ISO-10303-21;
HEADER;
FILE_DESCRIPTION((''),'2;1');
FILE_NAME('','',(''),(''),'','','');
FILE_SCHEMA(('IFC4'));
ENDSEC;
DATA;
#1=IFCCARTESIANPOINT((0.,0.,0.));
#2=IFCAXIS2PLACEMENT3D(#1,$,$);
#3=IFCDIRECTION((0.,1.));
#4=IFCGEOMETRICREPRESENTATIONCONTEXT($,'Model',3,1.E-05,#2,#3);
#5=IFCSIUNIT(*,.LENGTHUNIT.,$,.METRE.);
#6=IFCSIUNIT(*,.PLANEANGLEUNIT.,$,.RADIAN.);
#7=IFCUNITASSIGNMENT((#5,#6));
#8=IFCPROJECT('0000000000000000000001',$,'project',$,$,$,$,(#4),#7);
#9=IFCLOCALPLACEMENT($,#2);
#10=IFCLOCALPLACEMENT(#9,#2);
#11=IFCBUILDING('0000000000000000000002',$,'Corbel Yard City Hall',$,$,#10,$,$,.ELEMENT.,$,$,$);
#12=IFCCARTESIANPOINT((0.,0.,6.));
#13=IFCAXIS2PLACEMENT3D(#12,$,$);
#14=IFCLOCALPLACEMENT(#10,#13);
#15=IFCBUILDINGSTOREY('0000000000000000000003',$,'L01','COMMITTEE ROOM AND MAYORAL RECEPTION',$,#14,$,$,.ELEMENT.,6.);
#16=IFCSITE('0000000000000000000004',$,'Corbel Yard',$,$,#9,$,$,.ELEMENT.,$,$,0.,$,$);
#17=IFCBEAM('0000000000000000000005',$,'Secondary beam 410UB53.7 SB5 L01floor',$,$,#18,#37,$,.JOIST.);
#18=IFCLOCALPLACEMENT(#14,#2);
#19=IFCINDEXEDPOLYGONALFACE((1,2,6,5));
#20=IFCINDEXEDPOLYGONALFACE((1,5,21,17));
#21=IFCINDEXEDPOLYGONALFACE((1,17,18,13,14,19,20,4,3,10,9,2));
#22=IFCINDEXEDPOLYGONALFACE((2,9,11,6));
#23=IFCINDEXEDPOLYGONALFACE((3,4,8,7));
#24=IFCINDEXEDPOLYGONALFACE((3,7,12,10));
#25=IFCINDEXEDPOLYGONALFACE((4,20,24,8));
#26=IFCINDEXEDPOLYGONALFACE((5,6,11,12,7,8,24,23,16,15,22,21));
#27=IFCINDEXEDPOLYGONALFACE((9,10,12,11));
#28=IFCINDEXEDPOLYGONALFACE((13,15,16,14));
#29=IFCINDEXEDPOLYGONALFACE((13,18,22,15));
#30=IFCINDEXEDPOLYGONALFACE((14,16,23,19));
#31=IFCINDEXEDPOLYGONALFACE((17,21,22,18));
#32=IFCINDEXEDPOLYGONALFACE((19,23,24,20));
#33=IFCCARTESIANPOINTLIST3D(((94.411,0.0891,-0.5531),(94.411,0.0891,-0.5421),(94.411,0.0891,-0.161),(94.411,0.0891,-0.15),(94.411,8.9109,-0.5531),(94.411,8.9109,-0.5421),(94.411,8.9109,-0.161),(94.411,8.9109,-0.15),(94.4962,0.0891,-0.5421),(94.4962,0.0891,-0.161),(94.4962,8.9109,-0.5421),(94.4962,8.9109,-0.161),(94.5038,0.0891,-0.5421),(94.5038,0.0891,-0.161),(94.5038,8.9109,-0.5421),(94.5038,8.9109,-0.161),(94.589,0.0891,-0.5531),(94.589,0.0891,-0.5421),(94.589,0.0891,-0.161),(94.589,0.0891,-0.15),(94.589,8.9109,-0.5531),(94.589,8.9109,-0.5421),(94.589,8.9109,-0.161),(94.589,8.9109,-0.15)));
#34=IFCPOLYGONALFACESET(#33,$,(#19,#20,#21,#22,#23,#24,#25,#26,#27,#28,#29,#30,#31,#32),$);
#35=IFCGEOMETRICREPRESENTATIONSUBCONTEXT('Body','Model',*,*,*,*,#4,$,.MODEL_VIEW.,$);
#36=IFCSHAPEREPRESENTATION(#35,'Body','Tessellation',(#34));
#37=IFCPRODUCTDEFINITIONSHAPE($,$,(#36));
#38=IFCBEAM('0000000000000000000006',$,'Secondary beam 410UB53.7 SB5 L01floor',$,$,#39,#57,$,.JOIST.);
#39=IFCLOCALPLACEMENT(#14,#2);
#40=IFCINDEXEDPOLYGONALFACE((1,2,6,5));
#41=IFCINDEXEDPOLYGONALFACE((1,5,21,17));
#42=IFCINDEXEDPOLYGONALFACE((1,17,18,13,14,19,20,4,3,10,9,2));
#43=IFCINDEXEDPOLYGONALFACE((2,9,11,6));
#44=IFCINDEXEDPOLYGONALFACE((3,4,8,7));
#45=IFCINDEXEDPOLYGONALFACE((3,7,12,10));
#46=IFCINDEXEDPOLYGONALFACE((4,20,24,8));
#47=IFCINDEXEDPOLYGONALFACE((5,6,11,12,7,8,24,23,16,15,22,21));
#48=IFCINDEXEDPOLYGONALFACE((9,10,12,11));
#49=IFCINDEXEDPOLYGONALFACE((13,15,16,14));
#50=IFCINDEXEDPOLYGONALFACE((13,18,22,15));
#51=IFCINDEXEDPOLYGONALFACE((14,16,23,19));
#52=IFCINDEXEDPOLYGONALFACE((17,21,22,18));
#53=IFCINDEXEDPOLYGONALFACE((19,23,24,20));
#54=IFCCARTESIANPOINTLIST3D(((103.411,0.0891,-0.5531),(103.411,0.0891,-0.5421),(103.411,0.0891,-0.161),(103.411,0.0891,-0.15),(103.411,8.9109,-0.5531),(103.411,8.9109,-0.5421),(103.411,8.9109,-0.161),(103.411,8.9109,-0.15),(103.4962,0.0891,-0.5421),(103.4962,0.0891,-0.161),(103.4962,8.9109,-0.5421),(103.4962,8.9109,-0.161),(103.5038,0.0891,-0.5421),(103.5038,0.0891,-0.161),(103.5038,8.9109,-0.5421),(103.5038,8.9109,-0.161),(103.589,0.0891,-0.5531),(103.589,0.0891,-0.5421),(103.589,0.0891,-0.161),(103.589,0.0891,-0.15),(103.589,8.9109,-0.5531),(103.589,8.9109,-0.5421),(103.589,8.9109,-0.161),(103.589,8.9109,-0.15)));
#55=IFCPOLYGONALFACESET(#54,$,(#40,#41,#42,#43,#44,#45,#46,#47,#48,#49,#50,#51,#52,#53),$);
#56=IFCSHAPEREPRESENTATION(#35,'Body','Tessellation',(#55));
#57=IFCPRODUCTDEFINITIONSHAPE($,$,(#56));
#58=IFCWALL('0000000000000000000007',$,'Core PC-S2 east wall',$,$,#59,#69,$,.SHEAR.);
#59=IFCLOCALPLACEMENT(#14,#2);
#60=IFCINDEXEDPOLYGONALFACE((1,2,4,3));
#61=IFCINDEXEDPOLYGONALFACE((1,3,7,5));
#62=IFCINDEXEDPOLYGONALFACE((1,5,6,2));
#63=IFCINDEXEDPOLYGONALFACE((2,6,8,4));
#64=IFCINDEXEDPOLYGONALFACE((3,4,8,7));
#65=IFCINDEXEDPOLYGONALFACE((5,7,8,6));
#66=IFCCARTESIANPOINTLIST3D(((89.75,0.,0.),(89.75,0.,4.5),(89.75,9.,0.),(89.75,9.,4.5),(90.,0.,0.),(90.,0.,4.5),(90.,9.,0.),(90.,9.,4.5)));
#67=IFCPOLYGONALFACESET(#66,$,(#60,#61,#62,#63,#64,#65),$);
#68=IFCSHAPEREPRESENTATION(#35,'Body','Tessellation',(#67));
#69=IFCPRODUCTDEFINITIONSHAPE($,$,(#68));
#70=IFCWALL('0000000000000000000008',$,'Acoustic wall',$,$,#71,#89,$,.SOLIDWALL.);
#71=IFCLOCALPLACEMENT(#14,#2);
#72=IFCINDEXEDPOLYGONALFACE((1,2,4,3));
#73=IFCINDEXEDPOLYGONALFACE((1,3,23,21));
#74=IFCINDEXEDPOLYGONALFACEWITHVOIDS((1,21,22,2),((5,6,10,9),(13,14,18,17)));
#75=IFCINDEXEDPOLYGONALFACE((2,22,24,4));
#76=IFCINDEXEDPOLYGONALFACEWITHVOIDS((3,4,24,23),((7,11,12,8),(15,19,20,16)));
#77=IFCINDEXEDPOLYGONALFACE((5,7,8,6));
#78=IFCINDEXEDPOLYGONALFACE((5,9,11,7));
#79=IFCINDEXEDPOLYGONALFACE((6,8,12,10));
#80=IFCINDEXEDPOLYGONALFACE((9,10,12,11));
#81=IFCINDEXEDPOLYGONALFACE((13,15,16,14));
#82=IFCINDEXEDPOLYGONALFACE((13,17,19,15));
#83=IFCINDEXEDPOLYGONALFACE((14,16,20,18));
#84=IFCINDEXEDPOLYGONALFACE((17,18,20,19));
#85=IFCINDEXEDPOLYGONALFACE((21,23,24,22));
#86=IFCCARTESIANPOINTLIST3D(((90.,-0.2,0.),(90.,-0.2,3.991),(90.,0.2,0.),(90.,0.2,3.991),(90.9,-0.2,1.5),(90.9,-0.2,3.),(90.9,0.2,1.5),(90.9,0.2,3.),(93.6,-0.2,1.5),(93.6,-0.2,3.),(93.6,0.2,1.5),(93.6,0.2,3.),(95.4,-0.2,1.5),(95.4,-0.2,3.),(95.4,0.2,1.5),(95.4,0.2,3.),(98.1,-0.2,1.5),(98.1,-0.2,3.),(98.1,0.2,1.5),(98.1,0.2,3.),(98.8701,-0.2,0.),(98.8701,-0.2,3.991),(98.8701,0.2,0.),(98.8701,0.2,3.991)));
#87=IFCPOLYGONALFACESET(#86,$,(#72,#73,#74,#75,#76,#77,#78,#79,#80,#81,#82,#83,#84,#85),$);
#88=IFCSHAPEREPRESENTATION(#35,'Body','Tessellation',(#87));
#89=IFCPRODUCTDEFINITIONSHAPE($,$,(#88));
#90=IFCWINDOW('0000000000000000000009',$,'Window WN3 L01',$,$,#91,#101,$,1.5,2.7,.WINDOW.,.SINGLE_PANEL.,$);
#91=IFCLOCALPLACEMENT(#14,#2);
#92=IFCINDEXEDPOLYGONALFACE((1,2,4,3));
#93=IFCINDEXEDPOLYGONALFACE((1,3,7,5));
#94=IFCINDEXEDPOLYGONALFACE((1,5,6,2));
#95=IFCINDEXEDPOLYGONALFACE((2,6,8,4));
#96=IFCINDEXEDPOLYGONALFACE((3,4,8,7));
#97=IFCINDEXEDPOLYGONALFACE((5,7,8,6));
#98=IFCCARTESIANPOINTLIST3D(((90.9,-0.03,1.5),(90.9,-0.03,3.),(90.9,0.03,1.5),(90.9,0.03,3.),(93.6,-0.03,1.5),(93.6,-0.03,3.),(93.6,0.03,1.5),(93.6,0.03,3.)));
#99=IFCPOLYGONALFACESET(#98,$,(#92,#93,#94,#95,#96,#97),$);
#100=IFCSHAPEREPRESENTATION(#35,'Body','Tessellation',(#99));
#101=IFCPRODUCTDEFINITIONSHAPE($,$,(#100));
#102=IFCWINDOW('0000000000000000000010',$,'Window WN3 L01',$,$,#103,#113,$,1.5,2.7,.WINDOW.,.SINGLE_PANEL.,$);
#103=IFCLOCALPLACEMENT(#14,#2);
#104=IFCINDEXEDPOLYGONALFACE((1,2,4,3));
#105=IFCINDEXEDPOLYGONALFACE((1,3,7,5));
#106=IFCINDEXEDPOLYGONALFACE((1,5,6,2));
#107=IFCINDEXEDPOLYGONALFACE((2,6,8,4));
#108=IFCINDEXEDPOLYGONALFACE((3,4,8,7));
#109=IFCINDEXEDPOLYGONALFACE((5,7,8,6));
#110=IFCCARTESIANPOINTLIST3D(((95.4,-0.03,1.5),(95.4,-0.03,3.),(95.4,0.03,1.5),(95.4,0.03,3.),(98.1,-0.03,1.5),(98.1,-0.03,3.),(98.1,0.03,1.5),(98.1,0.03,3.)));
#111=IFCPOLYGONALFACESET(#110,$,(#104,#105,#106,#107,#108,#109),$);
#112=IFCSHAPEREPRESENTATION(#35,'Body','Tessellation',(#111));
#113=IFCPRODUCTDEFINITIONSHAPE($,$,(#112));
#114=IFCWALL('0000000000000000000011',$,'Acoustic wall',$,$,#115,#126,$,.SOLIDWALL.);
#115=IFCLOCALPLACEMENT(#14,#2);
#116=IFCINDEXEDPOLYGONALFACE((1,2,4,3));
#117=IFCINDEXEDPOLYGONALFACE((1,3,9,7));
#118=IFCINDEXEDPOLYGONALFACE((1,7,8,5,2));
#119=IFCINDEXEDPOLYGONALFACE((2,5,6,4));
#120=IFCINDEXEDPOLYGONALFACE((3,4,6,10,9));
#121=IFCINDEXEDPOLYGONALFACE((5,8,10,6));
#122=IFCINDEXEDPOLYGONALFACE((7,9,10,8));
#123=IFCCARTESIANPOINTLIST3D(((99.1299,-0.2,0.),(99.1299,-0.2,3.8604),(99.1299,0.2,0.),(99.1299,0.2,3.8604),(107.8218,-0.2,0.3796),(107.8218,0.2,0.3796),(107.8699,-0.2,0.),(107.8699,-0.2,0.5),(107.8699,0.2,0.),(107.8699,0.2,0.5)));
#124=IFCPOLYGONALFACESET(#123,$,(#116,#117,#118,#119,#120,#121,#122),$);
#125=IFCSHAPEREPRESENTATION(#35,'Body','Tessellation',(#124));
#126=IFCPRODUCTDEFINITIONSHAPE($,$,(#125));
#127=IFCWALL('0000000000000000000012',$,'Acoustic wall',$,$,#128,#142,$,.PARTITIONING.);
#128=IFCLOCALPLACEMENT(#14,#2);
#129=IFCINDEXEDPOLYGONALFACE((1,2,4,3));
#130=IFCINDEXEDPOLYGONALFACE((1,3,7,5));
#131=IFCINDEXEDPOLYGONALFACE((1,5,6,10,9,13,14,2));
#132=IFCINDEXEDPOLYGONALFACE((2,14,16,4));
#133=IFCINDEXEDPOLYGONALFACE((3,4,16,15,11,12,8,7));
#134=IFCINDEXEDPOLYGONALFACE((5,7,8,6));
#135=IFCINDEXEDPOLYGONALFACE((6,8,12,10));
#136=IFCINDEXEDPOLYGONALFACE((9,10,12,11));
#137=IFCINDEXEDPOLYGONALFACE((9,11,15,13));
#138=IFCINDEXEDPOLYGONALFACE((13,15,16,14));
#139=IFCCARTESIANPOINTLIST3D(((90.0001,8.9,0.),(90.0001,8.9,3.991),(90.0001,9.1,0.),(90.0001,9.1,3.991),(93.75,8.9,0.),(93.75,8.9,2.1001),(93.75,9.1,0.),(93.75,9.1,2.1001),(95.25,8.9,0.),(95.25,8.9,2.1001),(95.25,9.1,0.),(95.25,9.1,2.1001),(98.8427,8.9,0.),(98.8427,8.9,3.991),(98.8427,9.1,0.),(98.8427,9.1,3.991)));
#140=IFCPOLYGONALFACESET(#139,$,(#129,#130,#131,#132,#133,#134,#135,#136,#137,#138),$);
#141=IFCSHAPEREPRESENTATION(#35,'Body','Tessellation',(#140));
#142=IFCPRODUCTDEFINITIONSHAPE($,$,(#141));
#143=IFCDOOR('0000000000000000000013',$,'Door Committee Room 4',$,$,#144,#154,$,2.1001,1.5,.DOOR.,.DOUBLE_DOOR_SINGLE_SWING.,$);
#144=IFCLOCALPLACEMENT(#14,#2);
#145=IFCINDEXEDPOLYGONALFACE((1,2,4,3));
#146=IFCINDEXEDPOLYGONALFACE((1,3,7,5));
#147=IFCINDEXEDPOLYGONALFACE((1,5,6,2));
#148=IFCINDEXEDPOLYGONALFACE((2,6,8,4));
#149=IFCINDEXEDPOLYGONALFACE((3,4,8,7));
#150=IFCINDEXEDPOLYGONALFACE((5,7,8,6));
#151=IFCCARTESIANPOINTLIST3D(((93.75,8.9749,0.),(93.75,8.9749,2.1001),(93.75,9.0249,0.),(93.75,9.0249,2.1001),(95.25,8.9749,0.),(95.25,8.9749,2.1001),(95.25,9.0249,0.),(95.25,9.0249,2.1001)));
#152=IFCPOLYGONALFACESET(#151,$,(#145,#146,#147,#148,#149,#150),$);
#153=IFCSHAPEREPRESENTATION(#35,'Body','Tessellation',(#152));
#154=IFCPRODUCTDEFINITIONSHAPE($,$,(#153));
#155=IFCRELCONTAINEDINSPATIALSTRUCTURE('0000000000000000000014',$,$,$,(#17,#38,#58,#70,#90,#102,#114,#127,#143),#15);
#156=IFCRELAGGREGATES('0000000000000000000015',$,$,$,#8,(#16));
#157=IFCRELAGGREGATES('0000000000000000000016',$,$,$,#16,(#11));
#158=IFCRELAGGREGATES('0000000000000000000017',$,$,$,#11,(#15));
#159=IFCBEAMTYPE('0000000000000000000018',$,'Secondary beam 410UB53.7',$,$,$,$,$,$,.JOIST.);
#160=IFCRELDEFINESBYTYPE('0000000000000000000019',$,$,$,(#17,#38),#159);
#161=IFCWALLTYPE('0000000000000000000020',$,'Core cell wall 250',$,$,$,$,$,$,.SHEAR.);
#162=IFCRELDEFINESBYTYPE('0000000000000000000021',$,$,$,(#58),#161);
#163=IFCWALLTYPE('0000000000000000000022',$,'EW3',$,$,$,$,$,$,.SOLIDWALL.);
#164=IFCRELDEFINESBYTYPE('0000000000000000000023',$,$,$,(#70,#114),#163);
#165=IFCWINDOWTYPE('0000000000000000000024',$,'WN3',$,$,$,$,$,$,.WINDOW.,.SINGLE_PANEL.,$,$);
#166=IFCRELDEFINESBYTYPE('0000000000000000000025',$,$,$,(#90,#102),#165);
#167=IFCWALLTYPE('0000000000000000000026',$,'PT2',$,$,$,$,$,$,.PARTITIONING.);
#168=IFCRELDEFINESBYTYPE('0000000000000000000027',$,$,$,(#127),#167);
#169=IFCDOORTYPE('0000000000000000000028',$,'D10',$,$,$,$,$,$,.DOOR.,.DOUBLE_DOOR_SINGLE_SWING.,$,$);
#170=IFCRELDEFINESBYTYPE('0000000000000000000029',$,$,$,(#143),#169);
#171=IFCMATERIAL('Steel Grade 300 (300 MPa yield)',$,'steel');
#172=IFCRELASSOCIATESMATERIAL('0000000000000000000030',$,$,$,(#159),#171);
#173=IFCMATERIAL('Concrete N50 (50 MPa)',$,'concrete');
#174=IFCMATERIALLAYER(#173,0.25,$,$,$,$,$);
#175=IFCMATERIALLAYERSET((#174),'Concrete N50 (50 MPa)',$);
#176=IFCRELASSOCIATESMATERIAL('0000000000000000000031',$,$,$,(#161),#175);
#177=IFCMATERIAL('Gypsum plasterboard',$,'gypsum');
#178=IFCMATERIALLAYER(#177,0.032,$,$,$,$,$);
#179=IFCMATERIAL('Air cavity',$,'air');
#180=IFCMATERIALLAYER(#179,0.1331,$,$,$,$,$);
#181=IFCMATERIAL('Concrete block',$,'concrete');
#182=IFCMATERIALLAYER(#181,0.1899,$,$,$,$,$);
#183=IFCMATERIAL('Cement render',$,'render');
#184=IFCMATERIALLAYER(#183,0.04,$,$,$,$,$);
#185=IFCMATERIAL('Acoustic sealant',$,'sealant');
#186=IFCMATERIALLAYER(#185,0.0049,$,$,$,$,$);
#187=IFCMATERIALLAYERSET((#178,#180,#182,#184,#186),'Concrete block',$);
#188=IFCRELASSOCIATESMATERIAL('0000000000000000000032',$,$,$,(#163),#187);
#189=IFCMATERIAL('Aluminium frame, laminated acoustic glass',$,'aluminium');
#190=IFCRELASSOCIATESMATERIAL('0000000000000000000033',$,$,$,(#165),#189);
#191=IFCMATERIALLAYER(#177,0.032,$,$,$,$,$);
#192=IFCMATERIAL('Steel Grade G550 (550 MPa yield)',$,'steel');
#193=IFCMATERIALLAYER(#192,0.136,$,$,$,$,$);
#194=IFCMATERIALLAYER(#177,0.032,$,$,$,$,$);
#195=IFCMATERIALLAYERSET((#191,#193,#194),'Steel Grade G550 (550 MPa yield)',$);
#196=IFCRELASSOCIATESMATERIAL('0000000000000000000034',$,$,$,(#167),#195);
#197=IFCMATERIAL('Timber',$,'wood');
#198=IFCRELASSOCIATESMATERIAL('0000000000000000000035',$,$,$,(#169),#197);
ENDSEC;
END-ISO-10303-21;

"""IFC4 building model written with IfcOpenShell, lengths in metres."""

from ifc_helpers import new_model, si_unit, direction, frame, frame_2d, origin, origin_2d, place, context, subcontext, project, spatial, polyline, rectangle, i_section, outline, extrude, material, layer, layer_set, material_profile, profile_set, type_object, element, fill, save


model = new_model("IFC4")

# Units and contexts
model_context = context("Model", 3, precision=1e-05, world=origin(), true_north=direction((0.0, 1.0)))
body_context = subcontext(model_context, "Body", "Model", "MODEL_VIEW")
ifc_project = project(units=[si_unit("LENGTHUNIT", "METRE"), si_unit("PLANEANGLEUNIT", "RADIAN")], contexts=[model_context])

# Site, building, storey
site_placement = place(None, origin())
site = spatial("IfcSite", under=ifc_project, at=site_placement, Name="Corbel Yard", CompositionType="ELEMENT", RefElevation=0.0)
building_placement = place(site_placement, origin())
building = spatial("IfcBuilding", under=site, at=building_placement, Name="Corbel Yard City Hall", CompositionType="ELEMENT")
storey_placement = place(building_placement, frame((0.0, 0.0, 6.0)))
storey = spatial("IfcBuildingStorey", under=building, at=storey_placement, Name="L01", Description="COMMITTEE ROOM AND MAYORAL RECEPTION", CompositionType="ELEMENT", Elevation=6.0)

# Shared definitions
ifc_material_1 = material(Name="Steel Grade 300 (300 MPa yield)", Category="steel")

# Beams
ifc_material_profile_1 = material_profile(ifc_material_1, i_section(OverallWidth=0.178, OverallDepth=0.4031, WebThickness=0.0076, FlangeThickness=0.011, at=origin_2d()), Name="410UB53.7")
ifc_profile_set_1 = profile_set([ifc_material_profile_1], Name="Steel Grade 300 (300 MPa yield)")
beam_type_1 = type_object("IfcBeamType", Name="Secondary beam 410UB53.7", PredefinedType="JOIST", material=ifc_profile_set_1)
for number, where, z_axis, x_axis, name in (
    (1, (94.5, 0.0891, -0.3516), (0.0, 1.0, 0.0), (-1.0, 0.0, 0.0), "Secondary beam 410UB53.7 SB5 L01floor"),
    (2, (103.5, 0.0891, -0.3516), (0.0, 1.0, 0.0), (-1.0, 0.0, 0.0), "Secondary beam 410UB53.7 SB5 L01floor"),
):
    element("IfcBeam", number, at=place(storey_placement, frame(where, z_axis=z_axis, x_axis=x_axis)), inside=storey, type_object=beam_type_1, Name=name, PredefinedType="JOIST", context=body_context, shape_type="SweptSolid", body=[
        extrude(i_section(OverallWidth=0.178, OverallDepth=0.4031, WebThickness=0.0076, FlangeThickness=0.011, at=origin_2d()), origin(), (0.0, 0.0, 1.0), 8.8218),
    ])

# Wall
ifc_material_2 = material(Name="Concrete N50 (50 MPa)", Category="concrete")
ifc_layer_1 = layer(ifc_material_2, 0.25)
ifc_layer_set_1 = layer_set([ifc_layer_1], Name="Concrete N50 (50 MPa)")
wall_type_1 = type_object("IfcWallType", Name="Core cell wall 250", PredefinedType="SHEAR", material=ifc_layer_set_1)
wall_1_placement = place(storey_placement, frame((89.875, 0.0, 0.0), z_axis=(0.0, 0.0, 1.0), x_axis=(0.0, 1.0, 0.0)))
element("IfcWall", 3, at=wall_1_placement, inside=storey, type_object=wall_type_1, Name="Core PC-S2 east wall", PredefinedType="SHEAR", context=body_context, shape_type="SweptSolid", body=[
    extrude(rectangle(XDim=9.0, YDim=0.25, at=frame_2d((4.5, 0.0))), origin(), (0.0, 0.0, 1.0), 4.5),
])

# Wall, openings, windows
ifc_material_3 = material(Name="Gypsum plasterboard", Category="gypsum")
ifc_layer_2 = layer(ifc_material_3, 0.032)
ifc_material_4 = material(Name="Air cavity", Category="air")
ifc_layer_3 = layer(ifc_material_4, 0.1331)
ifc_material_5 = material(Name="Concrete block", Category="concrete")
ifc_layer_4 = layer(ifc_material_5, 0.1899)
ifc_material_6 = material(Name="Cement render", Category="render")
ifc_layer_5 = layer(ifc_material_6, 0.04)
ifc_material_7 = material(Name="Acoustic sealant", Category="sealant")
ifc_layer_6 = layer(ifc_material_7, 0.0049)
ifc_layer_set_2 = layer_set([ifc_layer_2, ifc_layer_3, ifc_layer_4, ifc_layer_5, ifc_layer_6], Name="Concrete block")
wall_type_2 = type_object("IfcWallType", Name="EW3", PredefinedType="SOLIDWALL", material=ifc_layer_set_2)
wall_2_placement = place(storey_placement, frame((90.0, 0.0, 0.0), z_axis=(0.0, 0.0, 1.0), x_axis=(1.0, 0.0, 0.0)))
wall_2 = element("IfcWall", 4, at=wall_2_placement, inside=storey, type_object=wall_type_2, Name="Acoustic wall", PredefinedType="SOLIDWALL", context=body_context, shape_type="SweptSolid", body=[
    extrude(rectangle(XDim=8.8701, YDim=0.3999, at=frame_2d((4.4351, 0.0))), origin(), (0.0, 0.0, 1.0), 3.991),
])
opening_1_placement = place(wall_2_placement, frame((0.8999, 0.0, 1.5)))
opening_1 = element("IfcOpeningElement", 5, at=opening_1_placement, cuts=wall_2, PredefinedType="OPENING", context=body_context, shape_type="SweptSolid", body=[
    extrude(rectangle(XDim=2.7, YDim=1.5, at=frame_2d((1.3501, 0.75))), frame((0.0, 0.21, 0.0), z_axis=(0.0, -1.0, 0.0), x_axis=(1.0, 0.0, 0.0)), (0.0, 0.0, 1.0), 0.4199),
])
opening_2_placement = place(wall_2_placement, frame((5.3999, 0.0, 1.5)))
opening_2 = element("IfcOpeningElement", 6, at=opening_2_placement, cuts=wall_2, PredefinedType="OPENING", context=body_context, shape_type="SweptSolid", body=[
    extrude(rectangle(XDim=2.7, YDim=1.5, at=frame_2d((1.3501, 0.75))), frame((0.0, 0.21, 0.0), z_axis=(0.0, -1.0, 0.0), x_axis=(1.0, 0.0, 0.0)), (0.0, 0.0, 1.0), 0.4199),
])
ifc_material_8 = material(Name="Aluminium frame, laminated acoustic glass", Category="aluminium")
window_type = type_object("IfcWindowType", Name="WN3", PartitioningType="SINGLE_PANEL", PredefinedType="WINDOW", material=ifc_material_8)
window_1_placement = place(opening_1_placement, origin())
window_1 = element("IfcWindow", 7, at=window_1_placement, inside=storey, type_object=window_type, Name="Window WN3 L01", OverallHeight=1.5, OverallWidth=2.7, PartitioningType="SINGLE_PANEL", PredefinedType="WINDOW", context=body_context, shape_type="SweptSolid", body=[
    extrude(rectangle(XDim=2.7, YDim=1.5, at=frame_2d((1.3501, 0.75))), frame((0.0, 0.03, 0.0), z_axis=(0.0, -1.0, 0.0), x_axis=(1.0, 0.0, 0.0)), (0.0, 0.0, 1.0), 0.0601),
])
fill(opening_1, window_1)
window_2_placement = place(opening_2_placement, origin())
window_2 = element("IfcWindow", 8, at=window_2_placement, inside=storey, type_object=window_type, Name="Window WN3 L01", OverallHeight=1.5, OverallWidth=2.7, PartitioningType="SINGLE_PANEL", PredefinedType="WINDOW", context=body_context, shape_type="SweptSolid", body=[
    extrude(rectangle(XDim=2.7, YDim=1.5, at=frame_2d((1.3501, 0.75))), frame((0.0, 0.03, 0.0), z_axis=(0.0, -1.0, 0.0), x_axis=(1.0, 0.0, 0.0)), (0.0, 0.0, 1.0), 0.0601),
])
fill(opening_2, window_2)

# Wall
wall_3_placement = place(storey_placement, frame((99.1299, 0.0, 0.0), z_axis=(0.0, 0.0, 1.0), x_axis=(1.0, 0.0, 0.0)))
element("IfcWall", 9, at=wall_3_placement, inside=storey, type_object=wall_type_2, Name="Acoustic wall", PredefinedType="SOLIDWALL", context=body_context, shape_type="SweptSolid", body=[
    extrude(outline(polyline([(8.74, 0.0), (0.0, 0.0), (0.0, 3.8604), (8.6919, 0.3796), (8.74, 0.5), (8.74, 0.0)])), frame((0.0, 0.2, 0.0), z_axis=(0.0, -1.0, 0.0), x_axis=(1.0, 0.0, 0.0)), (0.0, 0.0, 1.0), 0.3999),
])

# Wall, opening, door
ifc_layer_7 = layer(ifc_material_3, 0.032)
ifc_material_9 = material(Name="Steel Grade G550 (550 MPa yield)", Category="steel")
ifc_layer_8 = layer(ifc_material_9, 0.136)
ifc_layer_9 = layer(ifc_material_3, 0.032)
ifc_layer_set_3 = layer_set([ifc_layer_7, ifc_layer_8, ifc_layer_9], Name="Steel Grade G550 (550 MPa yield)")
wall_type_3 = type_object("IfcWallType", Name="PT2", PredefinedType="PARTITIONING", material=ifc_layer_set_3)
wall_4_placement = place(storey_placement, frame((90.0, 9.0, 0.0), z_axis=(0.0, 0.0, 1.0), x_axis=(1.0, 0.0, 0.0)))
wall_4 = element("IfcWall", 10, at=wall_4_placement, inside=storey, type_object=wall_type_3, Name="Acoustic wall", PredefinedType="PARTITIONING", context=body_context, shape_type="SweptSolid", body=[
    extrude(rectangle(XDim=8.8425, YDim=0.2, at=frame_2d((4.4214, 0.0))), origin(), (0.0, 0.0, 1.0), 3.991),
])
opening_3_placement = place(wall_4_placement, frame((3.75, 0.0, 0.0)))
opening_3 = element("IfcOpeningElement", 11, at=opening_3_placement, cuts=wall_4, PredefinedType="OPENING", context=body_context, shape_type="SweptSolid", body=[
    extrude(rectangle(XDim=1.5, YDim=2.1001, at=frame_2d((0.75, 1.05))), frame((0.0, 0.1099, 0.0), z_axis=(0.0, -1.0, 0.0), x_axis=(1.0, 0.0, 0.0)), (0.0, 0.0, 1.0), 0.22),
])
ifc_material_10 = material(Name="Timber", Category="wood")
door_type = type_object("IfcDoorType", Name="D10", OperationType="DOUBLE_DOOR_SINGLE_SWING", PredefinedType="DOOR", material=ifc_material_10)
door_1_placement = place(opening_3_placement, origin())
door_1 = element("IfcDoor", 12, at=door_1_placement, inside=storey, type_object=door_type, Name="Door Committee Room 4", OperationType="DOUBLE_DOOR_SINGLE_SWING", OverallHeight=2.1001, OverallWidth=1.5, PredefinedType="DOOR", context=body_context, shape_type="SweptSolid", body=[
    extrude(rectangle(XDim=1.5, YDim=2.1001, at=frame_2d((0.75, 1.05))), frame((0.0, 0.0249, 0.0), z_axis=(0.0, -1.0, 0.0), x_axis=(1.0, 0.0, 0.0)), (0.0, 0.0, 1.0), 0.05),
])
fill(opening_3, door_1)

save(model, "model.ifc")
